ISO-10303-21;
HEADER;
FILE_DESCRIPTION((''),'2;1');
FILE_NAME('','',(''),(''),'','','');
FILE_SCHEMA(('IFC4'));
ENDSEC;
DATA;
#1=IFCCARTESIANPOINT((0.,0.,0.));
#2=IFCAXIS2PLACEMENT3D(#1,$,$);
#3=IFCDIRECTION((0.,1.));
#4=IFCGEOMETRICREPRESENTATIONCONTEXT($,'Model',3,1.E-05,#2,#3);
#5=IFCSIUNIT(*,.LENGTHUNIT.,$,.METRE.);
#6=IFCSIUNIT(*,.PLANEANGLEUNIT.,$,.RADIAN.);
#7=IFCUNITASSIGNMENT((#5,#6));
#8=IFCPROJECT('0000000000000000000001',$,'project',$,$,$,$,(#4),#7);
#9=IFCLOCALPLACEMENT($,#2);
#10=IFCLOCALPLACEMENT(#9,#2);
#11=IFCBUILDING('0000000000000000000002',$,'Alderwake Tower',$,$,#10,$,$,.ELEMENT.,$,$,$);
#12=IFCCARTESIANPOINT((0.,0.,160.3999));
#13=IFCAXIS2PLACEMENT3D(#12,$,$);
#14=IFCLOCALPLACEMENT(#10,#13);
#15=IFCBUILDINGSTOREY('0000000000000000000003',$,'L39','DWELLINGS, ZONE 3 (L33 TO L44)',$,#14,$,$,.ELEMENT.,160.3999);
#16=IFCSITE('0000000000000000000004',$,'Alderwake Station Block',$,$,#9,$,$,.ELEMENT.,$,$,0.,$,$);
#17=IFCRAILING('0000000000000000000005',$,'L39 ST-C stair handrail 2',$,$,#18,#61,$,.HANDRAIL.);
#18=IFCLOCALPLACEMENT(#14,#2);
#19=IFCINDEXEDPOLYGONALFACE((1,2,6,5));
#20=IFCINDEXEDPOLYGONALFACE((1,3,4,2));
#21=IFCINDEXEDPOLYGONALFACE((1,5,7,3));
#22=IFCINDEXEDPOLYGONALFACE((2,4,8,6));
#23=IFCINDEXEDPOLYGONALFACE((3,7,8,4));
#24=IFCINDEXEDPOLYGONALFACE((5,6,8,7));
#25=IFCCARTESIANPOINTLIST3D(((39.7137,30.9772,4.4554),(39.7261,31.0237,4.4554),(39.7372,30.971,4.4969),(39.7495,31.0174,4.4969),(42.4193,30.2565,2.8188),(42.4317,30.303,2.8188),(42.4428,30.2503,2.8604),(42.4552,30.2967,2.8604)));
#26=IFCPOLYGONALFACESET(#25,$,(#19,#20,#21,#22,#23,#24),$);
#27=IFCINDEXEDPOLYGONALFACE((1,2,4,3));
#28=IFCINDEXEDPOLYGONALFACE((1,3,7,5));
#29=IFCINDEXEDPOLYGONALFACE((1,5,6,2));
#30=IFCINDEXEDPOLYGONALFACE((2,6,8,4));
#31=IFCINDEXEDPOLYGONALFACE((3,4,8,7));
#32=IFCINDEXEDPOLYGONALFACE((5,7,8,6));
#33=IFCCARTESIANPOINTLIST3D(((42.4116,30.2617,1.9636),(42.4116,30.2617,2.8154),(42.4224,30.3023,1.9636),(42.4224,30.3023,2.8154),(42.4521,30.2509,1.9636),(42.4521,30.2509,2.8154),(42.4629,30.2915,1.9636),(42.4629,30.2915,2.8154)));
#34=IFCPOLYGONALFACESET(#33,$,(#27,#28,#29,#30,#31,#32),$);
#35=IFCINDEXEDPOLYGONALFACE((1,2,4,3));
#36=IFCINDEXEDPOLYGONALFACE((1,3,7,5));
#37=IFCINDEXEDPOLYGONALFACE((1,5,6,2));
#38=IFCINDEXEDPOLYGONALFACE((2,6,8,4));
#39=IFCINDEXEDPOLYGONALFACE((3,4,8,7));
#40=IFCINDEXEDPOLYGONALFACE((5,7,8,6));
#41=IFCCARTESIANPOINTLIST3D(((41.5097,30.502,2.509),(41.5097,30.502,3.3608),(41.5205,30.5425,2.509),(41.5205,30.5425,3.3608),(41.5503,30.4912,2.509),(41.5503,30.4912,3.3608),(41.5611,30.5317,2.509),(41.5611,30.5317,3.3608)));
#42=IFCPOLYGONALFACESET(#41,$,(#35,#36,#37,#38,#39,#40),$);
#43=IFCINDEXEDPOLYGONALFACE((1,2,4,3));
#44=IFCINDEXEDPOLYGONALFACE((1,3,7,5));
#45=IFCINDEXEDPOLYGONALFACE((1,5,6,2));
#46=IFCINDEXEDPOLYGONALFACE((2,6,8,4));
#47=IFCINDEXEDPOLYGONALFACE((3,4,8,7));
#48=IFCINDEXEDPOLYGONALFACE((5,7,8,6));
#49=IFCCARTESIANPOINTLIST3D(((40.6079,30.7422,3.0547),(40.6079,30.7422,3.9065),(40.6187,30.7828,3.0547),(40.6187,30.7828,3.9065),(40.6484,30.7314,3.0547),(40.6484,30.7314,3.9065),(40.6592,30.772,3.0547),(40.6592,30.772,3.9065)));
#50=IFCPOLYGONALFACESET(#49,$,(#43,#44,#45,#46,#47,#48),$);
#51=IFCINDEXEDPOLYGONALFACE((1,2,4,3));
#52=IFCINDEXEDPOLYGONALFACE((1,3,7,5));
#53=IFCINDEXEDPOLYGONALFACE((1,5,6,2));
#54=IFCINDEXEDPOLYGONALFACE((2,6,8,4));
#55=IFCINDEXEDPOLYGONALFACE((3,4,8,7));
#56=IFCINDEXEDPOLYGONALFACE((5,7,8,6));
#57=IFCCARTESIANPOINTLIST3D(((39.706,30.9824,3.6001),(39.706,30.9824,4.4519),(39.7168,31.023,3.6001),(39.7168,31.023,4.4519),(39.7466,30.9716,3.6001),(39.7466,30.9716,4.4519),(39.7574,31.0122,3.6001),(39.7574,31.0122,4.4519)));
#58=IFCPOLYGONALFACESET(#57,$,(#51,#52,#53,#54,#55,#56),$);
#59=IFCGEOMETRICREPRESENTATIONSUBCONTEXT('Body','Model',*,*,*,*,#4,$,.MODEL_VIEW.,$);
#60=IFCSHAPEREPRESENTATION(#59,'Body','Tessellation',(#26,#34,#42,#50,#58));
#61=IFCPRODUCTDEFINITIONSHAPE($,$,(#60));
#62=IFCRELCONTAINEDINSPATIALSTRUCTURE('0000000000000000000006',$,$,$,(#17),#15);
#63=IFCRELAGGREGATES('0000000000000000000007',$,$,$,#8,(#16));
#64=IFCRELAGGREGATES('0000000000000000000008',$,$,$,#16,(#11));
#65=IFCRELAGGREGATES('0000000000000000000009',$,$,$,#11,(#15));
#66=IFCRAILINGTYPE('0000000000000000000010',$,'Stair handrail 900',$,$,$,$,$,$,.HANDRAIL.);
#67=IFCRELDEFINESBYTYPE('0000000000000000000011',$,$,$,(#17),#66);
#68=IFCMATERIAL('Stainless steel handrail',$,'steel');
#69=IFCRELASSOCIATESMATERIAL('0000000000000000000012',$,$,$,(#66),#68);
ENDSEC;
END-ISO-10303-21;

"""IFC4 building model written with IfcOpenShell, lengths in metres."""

from ifc_helpers import new_model, si_unit, direction, frame, origin, origin_2d, place, context, subcontext, project, spatial, rectangle, extrude, material, type_object, element, save


model = new_model("IFC4")

# Units and contexts
model_context = context("Model", 3, precision=1e-05, world=origin(), true_north=direction((0.0, 1.0)))
body_context = subcontext(model_context, "Body", "Model", "MODEL_VIEW")
ifc_project = project(units=[si_unit("LENGTHUNIT", "METRE"), si_unit("PLANEANGLEUNIT", "RADIAN")], contexts=[model_context])

# Site, building, storey
site_placement = place(None, origin())
site = spatial("IfcSite", under=ifc_project, at=site_placement, Name="Alderwake Station Block", CompositionType="ELEMENT", RefElevation=0.0)
building_placement = place(site_placement, origin())
building = spatial("IfcBuilding", under=site, at=building_placement, Name="Alderwake Tower", CompositionType="ELEMENT")
storey_placement = place(building_placement, frame((0.0, 0.0, 160.3999)))
storey = spatial("IfcBuildingStorey", under=building, at=storey_placement, Name="L39", Description="DWELLINGS, ZONE 3 (L33 TO L44)", CompositionType="ELEMENT", Elevation=160.3999)

# Railing
ifc_material_1 = material(Name="Stainless steel handrail", Category="steel")
railing_type_1 = type_object("IfcRailingType", Name="Stair handrail 900", PredefinedType="HANDRAIL", material=ifc_material_1)
railing_1_placement = place(storey_placement, frame((42.4373, 30.2766, 1.9636)))
element("IfcRailing", 1, at=railing_1_placement, inside=storey, type_object=railing_type_1, Name="L39 ST-C stair handrail 2", PredefinedType="HANDRAIL", context=body_context, shape_type="SweptSolid", body=[
    extrude(rectangle(XDim=0.0481, YDim=0.0481, at=origin_2d()), frame((0.0, 0.0, 0.876), z_axis=(-0.834259, 0.222228, 0.504605), x_axis=(-0.257402, -0.966304, 0.0)), (0.0, 0.0, 1.0), 3.2432),
    extrude(rectangle(XDim=0.042, YDim=0.042, at=origin_2d()), frame((0.0, 0.0, 0.0), z_axis=(0.0, 0.0, 1.0), x_axis=(-0.966304, 0.257402, 0.0)), (0.0, 0.0, 1.0), 0.8518),
    extrude(rectangle(XDim=0.042, YDim=0.042, at=origin_2d()), frame((-0.9019, 0.2402, 0.5454), z_axis=(0.0, 0.0, 1.0), x_axis=(-0.966304, 0.257402, 0.0)), (0.0, 0.0, 1.0), 0.8518),
    extrude(rectangle(XDim=0.042, YDim=0.042, at=origin_2d()), frame((-1.8037, 0.4805, 1.0911), z_axis=(0.0, 0.0, 1.0), x_axis=(-0.966304, 0.257402, 0.0)), (0.0, 0.0, 1.0), 0.8518),
    extrude(rectangle(XDim=0.042, YDim=0.042, at=origin_2d()), frame((-2.7056, 0.7207, 1.6365), z_axis=(0.0, 0.0, 1.0), x_axis=(-0.966304, 0.257402, 0.0)), (0.0, 0.0, 1.0), 0.8518),
])

save(model, "model.ifc")
